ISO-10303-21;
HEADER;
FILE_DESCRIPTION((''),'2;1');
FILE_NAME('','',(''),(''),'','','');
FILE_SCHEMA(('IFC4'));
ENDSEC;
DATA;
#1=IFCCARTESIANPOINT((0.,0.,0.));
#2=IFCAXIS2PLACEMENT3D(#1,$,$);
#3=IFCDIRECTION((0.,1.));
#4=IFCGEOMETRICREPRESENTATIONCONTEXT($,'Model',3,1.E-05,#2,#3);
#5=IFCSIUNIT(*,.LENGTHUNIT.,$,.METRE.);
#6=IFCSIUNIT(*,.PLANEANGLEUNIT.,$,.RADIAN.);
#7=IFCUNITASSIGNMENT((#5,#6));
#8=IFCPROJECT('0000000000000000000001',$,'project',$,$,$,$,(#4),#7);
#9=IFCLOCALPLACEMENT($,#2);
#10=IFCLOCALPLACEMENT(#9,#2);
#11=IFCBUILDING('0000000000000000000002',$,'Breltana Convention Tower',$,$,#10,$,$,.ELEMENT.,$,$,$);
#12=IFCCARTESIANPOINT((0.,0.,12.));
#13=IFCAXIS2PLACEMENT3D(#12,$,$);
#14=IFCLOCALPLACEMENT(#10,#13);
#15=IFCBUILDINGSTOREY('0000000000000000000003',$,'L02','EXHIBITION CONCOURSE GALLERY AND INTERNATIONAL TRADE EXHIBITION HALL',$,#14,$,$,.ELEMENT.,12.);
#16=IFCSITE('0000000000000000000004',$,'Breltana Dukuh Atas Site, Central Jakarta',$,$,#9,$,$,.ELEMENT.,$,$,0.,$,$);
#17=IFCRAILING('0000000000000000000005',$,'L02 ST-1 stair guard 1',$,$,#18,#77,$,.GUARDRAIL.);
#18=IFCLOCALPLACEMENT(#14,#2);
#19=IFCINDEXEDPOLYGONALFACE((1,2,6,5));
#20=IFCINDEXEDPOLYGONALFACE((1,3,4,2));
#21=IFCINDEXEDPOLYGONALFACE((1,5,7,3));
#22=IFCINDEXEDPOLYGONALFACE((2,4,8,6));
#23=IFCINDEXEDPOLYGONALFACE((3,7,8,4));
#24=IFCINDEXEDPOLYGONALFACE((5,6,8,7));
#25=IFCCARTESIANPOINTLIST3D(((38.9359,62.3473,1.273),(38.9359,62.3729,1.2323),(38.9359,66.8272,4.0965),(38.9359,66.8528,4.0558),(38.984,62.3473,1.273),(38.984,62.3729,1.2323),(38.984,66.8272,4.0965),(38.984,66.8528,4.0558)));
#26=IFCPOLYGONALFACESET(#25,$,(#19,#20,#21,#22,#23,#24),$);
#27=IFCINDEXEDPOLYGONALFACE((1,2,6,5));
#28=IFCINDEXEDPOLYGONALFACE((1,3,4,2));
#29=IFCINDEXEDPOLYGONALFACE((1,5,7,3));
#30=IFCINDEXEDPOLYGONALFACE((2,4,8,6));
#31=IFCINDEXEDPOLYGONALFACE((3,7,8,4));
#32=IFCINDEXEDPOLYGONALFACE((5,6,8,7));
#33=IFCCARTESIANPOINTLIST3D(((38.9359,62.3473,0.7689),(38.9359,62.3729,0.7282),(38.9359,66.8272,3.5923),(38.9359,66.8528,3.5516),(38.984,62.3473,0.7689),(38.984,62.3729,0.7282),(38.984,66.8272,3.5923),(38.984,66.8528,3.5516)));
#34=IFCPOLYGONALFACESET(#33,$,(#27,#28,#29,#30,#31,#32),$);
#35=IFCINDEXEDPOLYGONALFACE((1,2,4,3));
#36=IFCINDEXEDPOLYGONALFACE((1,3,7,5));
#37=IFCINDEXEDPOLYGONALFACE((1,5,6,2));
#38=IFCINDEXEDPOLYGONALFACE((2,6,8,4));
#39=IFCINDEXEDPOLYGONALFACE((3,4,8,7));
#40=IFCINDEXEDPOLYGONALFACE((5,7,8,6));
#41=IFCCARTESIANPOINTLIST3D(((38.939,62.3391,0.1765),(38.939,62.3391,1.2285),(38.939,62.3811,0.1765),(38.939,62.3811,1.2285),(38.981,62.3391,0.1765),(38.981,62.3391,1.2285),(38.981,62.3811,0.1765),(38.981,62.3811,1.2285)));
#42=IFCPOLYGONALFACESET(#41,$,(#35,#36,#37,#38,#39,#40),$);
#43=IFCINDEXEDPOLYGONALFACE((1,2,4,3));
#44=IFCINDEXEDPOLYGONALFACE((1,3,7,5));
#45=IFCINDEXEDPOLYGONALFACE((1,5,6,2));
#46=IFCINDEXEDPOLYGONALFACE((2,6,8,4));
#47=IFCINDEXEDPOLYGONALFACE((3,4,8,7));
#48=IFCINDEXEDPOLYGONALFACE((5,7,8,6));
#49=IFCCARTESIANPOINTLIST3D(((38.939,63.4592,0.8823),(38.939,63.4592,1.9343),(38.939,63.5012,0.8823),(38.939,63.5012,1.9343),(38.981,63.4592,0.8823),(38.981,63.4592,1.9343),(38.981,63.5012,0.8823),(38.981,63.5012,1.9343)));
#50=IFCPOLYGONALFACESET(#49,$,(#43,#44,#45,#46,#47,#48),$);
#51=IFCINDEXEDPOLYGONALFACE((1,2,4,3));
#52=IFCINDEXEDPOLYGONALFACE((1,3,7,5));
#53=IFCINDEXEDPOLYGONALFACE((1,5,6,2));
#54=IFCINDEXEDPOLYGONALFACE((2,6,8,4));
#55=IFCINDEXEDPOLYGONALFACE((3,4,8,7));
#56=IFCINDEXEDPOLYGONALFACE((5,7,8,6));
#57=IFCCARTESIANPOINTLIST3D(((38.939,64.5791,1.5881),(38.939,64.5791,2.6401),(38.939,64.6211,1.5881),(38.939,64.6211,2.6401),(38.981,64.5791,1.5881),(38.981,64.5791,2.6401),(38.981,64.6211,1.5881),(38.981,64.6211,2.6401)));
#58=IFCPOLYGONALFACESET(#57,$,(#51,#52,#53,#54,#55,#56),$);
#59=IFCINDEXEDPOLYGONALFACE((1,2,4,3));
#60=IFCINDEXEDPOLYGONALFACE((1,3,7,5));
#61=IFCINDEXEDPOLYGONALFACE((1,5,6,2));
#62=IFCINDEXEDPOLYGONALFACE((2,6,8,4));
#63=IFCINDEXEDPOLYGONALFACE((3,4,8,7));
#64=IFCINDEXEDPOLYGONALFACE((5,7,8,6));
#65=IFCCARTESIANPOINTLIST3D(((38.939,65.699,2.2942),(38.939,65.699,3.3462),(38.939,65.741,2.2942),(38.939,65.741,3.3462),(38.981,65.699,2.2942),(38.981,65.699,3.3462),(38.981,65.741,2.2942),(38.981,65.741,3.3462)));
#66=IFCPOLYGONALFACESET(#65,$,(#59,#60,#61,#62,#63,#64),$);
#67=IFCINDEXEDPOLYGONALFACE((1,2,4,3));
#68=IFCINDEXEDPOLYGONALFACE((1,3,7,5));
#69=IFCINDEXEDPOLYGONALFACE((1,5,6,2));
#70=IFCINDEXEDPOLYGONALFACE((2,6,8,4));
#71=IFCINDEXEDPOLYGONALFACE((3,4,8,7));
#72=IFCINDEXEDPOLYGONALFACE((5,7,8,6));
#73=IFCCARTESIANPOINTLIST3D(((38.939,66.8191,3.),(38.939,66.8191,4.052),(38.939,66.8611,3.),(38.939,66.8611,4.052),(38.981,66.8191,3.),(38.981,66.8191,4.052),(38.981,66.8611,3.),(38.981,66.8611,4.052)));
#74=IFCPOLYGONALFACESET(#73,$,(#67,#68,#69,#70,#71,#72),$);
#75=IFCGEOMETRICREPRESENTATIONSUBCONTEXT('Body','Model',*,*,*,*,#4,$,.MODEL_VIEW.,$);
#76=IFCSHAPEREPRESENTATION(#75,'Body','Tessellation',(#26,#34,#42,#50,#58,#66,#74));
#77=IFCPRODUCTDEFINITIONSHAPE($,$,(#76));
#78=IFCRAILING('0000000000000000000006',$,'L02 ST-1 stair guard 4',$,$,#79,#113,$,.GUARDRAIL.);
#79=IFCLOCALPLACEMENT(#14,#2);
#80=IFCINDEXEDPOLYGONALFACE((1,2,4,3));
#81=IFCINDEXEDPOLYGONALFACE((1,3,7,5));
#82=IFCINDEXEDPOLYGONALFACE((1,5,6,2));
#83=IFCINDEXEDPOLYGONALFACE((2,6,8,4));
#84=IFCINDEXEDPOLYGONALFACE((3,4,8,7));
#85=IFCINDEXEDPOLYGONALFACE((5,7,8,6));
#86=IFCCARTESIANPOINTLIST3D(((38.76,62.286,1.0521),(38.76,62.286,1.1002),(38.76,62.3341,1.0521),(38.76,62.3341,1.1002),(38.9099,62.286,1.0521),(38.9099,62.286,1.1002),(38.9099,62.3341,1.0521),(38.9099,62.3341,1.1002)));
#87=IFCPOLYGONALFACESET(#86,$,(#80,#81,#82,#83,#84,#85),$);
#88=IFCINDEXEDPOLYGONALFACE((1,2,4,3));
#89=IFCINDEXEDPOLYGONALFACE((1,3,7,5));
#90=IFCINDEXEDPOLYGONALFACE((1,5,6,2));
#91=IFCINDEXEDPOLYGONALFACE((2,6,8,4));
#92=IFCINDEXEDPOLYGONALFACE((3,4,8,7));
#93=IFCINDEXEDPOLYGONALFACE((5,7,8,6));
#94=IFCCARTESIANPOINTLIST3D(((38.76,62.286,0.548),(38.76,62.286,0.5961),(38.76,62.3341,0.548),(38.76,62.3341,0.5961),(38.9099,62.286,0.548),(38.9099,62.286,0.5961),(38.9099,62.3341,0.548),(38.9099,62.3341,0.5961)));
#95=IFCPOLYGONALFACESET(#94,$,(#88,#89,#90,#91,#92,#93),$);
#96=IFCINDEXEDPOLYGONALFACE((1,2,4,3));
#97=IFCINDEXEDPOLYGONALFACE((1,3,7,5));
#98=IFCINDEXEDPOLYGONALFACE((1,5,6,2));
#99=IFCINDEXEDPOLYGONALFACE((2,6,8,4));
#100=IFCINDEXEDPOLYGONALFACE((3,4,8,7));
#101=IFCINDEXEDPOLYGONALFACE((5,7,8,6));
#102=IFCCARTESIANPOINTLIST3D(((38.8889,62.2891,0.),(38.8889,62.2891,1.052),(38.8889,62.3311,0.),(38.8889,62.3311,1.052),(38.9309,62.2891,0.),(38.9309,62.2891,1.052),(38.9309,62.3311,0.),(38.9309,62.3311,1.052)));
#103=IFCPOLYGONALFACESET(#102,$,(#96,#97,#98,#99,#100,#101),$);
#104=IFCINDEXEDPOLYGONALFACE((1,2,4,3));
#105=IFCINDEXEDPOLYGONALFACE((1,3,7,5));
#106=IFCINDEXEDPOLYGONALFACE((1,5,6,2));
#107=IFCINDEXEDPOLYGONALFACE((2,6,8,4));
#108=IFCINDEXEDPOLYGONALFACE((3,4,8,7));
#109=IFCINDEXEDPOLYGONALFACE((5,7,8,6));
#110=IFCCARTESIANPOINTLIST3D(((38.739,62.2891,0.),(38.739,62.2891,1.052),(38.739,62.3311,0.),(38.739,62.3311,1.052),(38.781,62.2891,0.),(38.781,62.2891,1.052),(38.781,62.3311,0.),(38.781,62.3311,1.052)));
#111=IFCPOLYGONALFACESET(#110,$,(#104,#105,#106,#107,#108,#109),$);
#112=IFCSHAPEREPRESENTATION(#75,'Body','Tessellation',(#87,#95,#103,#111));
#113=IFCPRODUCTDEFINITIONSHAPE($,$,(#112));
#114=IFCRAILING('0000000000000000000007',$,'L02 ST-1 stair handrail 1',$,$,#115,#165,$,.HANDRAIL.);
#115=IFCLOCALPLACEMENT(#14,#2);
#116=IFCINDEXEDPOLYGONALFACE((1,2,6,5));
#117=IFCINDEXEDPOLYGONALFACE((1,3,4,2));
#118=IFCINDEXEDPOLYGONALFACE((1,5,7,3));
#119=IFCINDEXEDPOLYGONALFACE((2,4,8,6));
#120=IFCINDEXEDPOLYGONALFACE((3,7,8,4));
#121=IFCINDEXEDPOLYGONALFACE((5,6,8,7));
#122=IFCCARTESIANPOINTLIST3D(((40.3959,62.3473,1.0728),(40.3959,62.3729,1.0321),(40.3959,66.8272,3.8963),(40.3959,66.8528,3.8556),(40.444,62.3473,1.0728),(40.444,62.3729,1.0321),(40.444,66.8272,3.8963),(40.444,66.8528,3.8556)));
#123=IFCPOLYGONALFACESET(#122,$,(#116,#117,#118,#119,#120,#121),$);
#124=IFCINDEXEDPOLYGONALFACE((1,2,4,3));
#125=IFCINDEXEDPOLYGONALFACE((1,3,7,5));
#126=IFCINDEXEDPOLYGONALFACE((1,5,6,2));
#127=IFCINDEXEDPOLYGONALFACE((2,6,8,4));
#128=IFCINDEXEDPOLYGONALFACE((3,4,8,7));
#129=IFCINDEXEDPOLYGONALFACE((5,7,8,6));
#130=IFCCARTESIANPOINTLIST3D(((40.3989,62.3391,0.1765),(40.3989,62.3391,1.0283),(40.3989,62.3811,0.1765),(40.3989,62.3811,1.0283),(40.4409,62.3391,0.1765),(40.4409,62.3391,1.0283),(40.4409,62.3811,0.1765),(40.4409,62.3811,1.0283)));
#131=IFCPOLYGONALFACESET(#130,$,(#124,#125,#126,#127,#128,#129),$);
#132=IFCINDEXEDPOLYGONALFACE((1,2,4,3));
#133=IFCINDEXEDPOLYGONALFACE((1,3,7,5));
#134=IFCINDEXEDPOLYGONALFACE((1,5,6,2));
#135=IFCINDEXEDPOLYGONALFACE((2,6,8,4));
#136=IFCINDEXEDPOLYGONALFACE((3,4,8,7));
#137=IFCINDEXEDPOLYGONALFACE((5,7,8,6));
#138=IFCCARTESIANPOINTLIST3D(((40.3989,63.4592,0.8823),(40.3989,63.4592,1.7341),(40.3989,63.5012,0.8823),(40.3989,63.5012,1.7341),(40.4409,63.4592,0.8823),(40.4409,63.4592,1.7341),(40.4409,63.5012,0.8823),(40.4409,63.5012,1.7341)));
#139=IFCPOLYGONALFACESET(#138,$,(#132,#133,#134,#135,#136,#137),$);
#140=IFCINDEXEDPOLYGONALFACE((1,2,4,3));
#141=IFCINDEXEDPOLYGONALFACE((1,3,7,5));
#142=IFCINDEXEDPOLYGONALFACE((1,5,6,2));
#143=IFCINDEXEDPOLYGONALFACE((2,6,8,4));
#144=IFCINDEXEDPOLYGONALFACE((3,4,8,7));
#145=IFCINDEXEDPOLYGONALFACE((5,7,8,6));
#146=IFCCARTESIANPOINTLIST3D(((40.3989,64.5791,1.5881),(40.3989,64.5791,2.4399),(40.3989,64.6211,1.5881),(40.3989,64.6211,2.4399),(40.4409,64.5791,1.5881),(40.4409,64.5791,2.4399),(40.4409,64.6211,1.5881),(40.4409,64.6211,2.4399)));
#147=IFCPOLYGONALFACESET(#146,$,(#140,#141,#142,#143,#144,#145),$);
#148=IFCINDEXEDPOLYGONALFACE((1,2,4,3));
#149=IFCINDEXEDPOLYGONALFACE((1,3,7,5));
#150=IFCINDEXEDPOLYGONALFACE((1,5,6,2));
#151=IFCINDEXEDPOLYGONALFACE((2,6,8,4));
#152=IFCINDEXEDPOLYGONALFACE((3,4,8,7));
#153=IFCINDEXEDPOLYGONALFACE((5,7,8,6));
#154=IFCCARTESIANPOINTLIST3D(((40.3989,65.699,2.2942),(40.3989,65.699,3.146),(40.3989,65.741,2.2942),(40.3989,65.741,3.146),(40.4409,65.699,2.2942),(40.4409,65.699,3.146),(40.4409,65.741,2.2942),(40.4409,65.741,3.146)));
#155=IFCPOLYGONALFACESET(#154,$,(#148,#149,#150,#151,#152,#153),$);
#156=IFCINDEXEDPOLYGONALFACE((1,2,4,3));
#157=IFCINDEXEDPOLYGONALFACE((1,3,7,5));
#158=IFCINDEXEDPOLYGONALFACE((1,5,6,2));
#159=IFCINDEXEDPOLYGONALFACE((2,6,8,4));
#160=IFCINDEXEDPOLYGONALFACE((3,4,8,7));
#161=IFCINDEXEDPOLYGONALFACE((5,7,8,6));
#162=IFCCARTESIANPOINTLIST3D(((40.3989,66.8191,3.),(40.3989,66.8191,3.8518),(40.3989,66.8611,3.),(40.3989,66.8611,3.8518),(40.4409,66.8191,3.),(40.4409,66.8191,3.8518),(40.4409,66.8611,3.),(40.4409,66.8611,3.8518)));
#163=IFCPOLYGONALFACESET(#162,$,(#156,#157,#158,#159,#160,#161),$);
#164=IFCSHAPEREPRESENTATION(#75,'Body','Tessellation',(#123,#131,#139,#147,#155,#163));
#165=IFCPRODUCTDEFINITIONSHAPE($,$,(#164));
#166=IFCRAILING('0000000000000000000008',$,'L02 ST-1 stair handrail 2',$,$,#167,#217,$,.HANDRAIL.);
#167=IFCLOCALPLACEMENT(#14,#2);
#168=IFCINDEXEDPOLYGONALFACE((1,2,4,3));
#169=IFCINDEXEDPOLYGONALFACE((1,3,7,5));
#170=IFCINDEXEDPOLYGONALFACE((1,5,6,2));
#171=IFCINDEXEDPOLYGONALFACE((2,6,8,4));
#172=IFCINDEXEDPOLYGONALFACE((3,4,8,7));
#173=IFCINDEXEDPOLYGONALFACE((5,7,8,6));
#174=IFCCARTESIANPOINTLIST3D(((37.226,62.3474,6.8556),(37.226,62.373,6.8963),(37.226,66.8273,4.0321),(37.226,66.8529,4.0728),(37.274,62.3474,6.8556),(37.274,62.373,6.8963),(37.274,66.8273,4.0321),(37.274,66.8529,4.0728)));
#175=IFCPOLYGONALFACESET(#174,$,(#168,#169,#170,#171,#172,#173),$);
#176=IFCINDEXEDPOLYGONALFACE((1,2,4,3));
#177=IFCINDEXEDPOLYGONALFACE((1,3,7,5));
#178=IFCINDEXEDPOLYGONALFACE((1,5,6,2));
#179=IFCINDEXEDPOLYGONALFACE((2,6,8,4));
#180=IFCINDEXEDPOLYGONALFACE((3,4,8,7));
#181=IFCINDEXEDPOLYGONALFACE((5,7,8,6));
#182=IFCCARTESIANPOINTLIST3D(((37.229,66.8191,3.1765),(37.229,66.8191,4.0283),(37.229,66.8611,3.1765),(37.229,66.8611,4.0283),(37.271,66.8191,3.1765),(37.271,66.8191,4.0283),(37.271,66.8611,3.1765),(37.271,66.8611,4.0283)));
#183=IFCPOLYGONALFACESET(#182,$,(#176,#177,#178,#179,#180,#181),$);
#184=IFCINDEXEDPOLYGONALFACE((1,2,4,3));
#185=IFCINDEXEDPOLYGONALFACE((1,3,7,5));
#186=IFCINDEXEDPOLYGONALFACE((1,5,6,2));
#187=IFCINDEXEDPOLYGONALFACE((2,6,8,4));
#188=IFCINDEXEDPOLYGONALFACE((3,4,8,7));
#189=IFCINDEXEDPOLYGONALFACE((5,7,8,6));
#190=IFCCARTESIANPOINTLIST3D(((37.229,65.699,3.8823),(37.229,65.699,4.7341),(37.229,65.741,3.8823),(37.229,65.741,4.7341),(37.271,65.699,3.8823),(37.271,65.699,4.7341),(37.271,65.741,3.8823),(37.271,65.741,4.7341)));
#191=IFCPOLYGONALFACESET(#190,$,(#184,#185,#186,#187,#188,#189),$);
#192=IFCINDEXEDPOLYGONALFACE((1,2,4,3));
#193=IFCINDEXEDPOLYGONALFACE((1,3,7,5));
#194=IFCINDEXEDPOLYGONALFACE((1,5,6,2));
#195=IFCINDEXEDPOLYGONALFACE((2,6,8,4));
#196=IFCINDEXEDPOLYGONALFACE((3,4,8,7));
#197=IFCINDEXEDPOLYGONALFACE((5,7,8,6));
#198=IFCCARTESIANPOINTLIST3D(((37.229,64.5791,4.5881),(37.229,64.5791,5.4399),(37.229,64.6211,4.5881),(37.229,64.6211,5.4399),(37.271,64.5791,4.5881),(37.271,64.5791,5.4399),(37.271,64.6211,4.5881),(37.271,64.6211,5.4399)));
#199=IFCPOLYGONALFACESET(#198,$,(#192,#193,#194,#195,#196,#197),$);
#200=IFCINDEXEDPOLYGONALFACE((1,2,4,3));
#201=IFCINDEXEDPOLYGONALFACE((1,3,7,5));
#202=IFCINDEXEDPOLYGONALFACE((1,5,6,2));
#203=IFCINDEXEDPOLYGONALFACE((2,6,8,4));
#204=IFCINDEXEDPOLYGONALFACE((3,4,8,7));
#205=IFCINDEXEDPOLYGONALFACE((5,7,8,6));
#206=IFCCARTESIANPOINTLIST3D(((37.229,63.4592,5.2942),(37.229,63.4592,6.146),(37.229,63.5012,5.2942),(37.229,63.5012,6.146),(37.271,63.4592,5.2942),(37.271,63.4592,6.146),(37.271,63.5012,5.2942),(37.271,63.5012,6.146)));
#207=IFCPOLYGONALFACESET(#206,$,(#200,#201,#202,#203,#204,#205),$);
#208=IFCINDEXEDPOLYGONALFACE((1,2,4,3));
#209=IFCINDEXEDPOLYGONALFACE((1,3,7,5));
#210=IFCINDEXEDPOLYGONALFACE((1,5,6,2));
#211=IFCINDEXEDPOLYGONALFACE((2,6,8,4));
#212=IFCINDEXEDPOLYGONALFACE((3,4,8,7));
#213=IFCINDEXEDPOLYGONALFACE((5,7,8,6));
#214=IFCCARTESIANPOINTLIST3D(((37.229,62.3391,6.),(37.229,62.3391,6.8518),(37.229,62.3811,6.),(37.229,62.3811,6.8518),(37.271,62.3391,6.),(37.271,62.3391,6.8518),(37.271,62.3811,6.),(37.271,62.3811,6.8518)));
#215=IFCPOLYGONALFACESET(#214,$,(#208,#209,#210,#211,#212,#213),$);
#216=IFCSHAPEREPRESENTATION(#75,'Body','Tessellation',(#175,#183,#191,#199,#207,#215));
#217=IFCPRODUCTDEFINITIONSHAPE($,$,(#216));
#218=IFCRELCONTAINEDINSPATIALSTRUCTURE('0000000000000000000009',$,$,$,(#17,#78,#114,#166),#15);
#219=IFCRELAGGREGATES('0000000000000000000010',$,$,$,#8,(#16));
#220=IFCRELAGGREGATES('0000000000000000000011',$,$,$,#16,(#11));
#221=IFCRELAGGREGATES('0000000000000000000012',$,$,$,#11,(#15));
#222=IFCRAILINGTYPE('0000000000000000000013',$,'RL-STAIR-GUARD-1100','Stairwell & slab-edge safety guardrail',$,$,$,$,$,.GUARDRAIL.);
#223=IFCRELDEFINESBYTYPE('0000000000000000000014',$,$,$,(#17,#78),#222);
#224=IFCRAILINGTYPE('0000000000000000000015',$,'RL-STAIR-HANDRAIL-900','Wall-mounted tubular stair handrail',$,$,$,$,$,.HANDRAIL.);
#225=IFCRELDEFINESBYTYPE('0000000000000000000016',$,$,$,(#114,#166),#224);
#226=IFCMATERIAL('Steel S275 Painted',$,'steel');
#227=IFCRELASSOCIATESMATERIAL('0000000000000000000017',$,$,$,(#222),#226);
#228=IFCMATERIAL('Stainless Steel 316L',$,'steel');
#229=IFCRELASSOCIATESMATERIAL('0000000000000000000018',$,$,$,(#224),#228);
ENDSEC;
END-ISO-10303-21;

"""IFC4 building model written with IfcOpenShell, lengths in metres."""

from ifc_helpers import new_model, si_unit, direction, frame, origin, origin_2d, place, context, subcontext, project, spatial, rectangle, extrude, material, type_object, element, save


model = new_model("IFC4")

# Units and contexts
model_context = context("Model", 3, precision=1e-05, world=origin(), true_north=direction((0.0, 1.0)))
body_context = subcontext(model_context, "Body", "Model", "MODEL_VIEW")
ifc_project = project(units=[si_unit("LENGTHUNIT", "METRE"), si_unit("PLANEANGLEUNIT", "RADIAN")], contexts=[model_context])

# Site, building, storey
site_placement = place(None, origin())
site = spatial("IfcSite", under=ifc_project, at=site_placement, Name="Breltana Dukuh Atas Site, Central Jakarta", CompositionType="ELEMENT", RefElevation=0.0)
building_placement = place(site_placement, origin())
building = spatial("IfcBuilding", under=site, at=building_placement, Name="Breltana Convention Tower", CompositionType="ELEMENT")
storey_placement = place(building_placement, frame((0.0, 0.0, 12.0)))
storey = spatial("IfcBuildingStorey", under=building, at=storey_placement, Name="L02", Description="EXHIBITION CONCOURSE GALLERY AND INTERNATIONAL TRADE EXHIBITION HALL", CompositionType="ELEMENT", Elevation=12.0)

# Railings
ifc_material_1 = material(Name="Steel S275 Painted", Category="steel")
railing_type_1 = type_object("IfcRailingType", Name="RL-STAIR-GUARD-1100", Description="Stairwell & slab-edge safety guardrail", PredefinedType="GUARDRAIL", material=ifc_material_1)
railing_1_placement = place(storey_placement, frame((38.96, 62.3601, 0.1765)))
element("IfcRailing", 1, at=railing_1_placement, inside=storey, type_object=railing_type_1, Name="L02 ST-1 stair guard 1", PredefinedType="GUARDRAIL", context=body_context, shape_type="SweptSolid", body=[
    extrude(rectangle(XDim=0.0481, YDim=0.0481, at=origin_2d()), frame((0.0, 0.0, 1.0762), z_axis=(0.0, 0.845998, 0.533186), x_axis=(-1.0, 0.0, 0.0)), (0.0, 0.0, 1.0), 5.2954),
    extrude(rectangle(XDim=0.0481, YDim=0.0481, at=origin_2d()), frame((0.0, 0.0, 0.572), z_axis=(0.0, 0.845998, 0.533186), x_axis=(-1.0, 0.0, 0.0)), (0.0, 0.0, 1.0), 5.2954),
    extrude(rectangle(XDim=0.042, YDim=0.042, at=origin_2d()), origin(), (0.0, 0.0, 1.0), 1.052),
    extrude(rectangle(XDim=0.042, YDim=0.042, at=origin_2d()), frame((0.0, 1.1201, 0.7058)), (0.0, 0.0, 1.0), 1.052),
    extrude(rectangle(XDim=0.042, YDim=0.042, at=origin_2d()), frame((0.0, 2.24, 1.4116)), (0.0, 0.0, 1.0), 1.052),
    extrude(rectangle(XDim=0.042, YDim=0.042, at=origin_2d()), frame((0.0, 3.3599, 2.1177)), (0.0, 0.0, 1.0), 1.052),
    extrude(rectangle(XDim=0.042, YDim=0.042, at=origin_2d()), frame((0.0, 4.48, 2.8235)), (0.0, 0.0, 1.0), 1.052),
])
railing_2_placement = place(storey_placement, frame((38.9099, 62.3101, 0.0)))
element("IfcRailing", 2, at=railing_2_placement, inside=storey, type_object=railing_type_1, Name="L02 ST-1 stair guard 4", PredefinedType="GUARDRAIL", context=body_context, shape_type="SweptSolid", body=[
    extrude(rectangle(XDim=0.0481, YDim=0.0481, at=origin_2d()), frame((0.0, 0.0, 1.0762), z_axis=(-1.0, 0.0, 0.0), x_axis=(0.0, -1.0, 0.0)), (0.0, 0.0, 1.0), 0.1499),
    extrude(rectangle(XDim=0.0481, YDim=0.0481, at=origin_2d()), frame((0.0, 0.0, 0.572), z_axis=(-1.0, 0.0, 0.0), x_axis=(0.0, -1.0, 0.0)), (0.0, 0.0, 1.0), 0.1499),
    extrude(rectangle(XDim=0.042, YDim=0.042, at=origin_2d()), origin(), (0.0, 0.0, 1.0), 1.052),
    extrude(rectangle(XDim=0.042, YDim=0.042, at=origin_2d()), frame((-0.1499, 0.0, 0.0)), (0.0, 0.0, 1.0), 1.052),
])
ifc_material_2 = material(Name="Stainless Steel 316L", Category="steel")
railing_type_2 = type_object("IfcRailingType", Name="RL-STAIR-HANDRAIL-900", Description="Wall-mounted tubular stair handrail", PredefinedType="HANDRAIL", material=ifc_material_2)
railing_3_placement = place(storey_placement, frame((40.4199, 62.3601, 0.1765)))
element("IfcRailing", 3, at=railing_3_placement, inside=storey, type_object=railing_type_2, Name="L02 ST-1 stair handrail 1", PredefinedType="HANDRAIL", context=body_context, shape_type="SweptSolid", body=[
    extrude(rectangle(XDim=0.0481, YDim=0.0481, at=origin_2d()), frame((0.0, 0.0, 0.876), z_axis=(0.0, 0.845998, 0.533186), x_axis=(-1.0, 0.0, 0.0)), (0.0, 0.0, 1.0), 5.2954),
    extrude(rectangle(XDim=0.042, YDim=0.042, at=origin_2d()), origin(), (0.0, 0.0, 1.0), 0.8518),
    extrude(rectangle(XDim=0.042, YDim=0.042, at=origin_2d()), frame((0.0, 1.1201, 0.7058)), (0.0, 0.0, 1.0), 0.8518),
    extrude(rectangle(XDim=0.042, YDim=0.042, at=origin_2d()), frame((0.0, 2.24, 1.4116)), (0.0, 0.0, 1.0), 0.8518),
    extrude(rectangle(XDim=0.042, YDim=0.042, at=origin_2d()), frame((0.0, 3.3599, 2.1177)), (0.0, 0.0, 1.0), 0.8518),
    extrude(rectangle(XDim=0.042, YDim=0.042, at=origin_2d()), frame((0.0, 4.48, 2.8235)), (0.0, 0.0, 1.0), 0.8518),
])
railing_4_placement = place(storey_placement, frame((37.25, 66.8401, 3.1765)))
element("IfcRailing", 4, at=railing_4_placement, inside=storey, type_object=railing_type_2, Name="L02 ST-1 stair handrail 2", PredefinedType="HANDRAIL", context=body_context, shape_type="SweptSolid", body=[
    extrude(rectangle(XDim=0.0481, YDim=0.0481, at=origin_2d()), frame((0.0, 0.0, 0.876), z_axis=(0.0, -0.845998, 0.533186), x_axis=(1.0, 0.0, 0.0)), (0.0, 0.0, 1.0), 5.2954),
    extrude(rectangle(XDim=0.042, YDim=0.042, at=origin_2d()), origin(), (0.0, 0.0, 1.0), 0.8518),
    extrude(rectangle(XDim=0.042, YDim=0.042, at=origin_2d()), frame((0.0, -1.1201, 0.7058)), (0.0, 0.0, 1.0), 0.8518),
    extrude(rectangle(XDim=0.042, YDim=0.042, at=origin_2d()), frame((0.0, -2.24, 1.4116)), (0.0, 0.0, 1.0), 0.8518),
    extrude(rectangle(XDim=0.042, YDim=0.042, at=origin_2d()), frame((0.0, -3.3599, 2.1177)), (0.0, 0.0, 1.0), 0.8518),
    extrude(rectangle(XDim=0.042, YDim=0.042, at=origin_2d()), frame((0.0, -4.48, 2.8235)), (0.0, 0.0, 1.0), 0.8518),
])

save(model, "model.ifc")
